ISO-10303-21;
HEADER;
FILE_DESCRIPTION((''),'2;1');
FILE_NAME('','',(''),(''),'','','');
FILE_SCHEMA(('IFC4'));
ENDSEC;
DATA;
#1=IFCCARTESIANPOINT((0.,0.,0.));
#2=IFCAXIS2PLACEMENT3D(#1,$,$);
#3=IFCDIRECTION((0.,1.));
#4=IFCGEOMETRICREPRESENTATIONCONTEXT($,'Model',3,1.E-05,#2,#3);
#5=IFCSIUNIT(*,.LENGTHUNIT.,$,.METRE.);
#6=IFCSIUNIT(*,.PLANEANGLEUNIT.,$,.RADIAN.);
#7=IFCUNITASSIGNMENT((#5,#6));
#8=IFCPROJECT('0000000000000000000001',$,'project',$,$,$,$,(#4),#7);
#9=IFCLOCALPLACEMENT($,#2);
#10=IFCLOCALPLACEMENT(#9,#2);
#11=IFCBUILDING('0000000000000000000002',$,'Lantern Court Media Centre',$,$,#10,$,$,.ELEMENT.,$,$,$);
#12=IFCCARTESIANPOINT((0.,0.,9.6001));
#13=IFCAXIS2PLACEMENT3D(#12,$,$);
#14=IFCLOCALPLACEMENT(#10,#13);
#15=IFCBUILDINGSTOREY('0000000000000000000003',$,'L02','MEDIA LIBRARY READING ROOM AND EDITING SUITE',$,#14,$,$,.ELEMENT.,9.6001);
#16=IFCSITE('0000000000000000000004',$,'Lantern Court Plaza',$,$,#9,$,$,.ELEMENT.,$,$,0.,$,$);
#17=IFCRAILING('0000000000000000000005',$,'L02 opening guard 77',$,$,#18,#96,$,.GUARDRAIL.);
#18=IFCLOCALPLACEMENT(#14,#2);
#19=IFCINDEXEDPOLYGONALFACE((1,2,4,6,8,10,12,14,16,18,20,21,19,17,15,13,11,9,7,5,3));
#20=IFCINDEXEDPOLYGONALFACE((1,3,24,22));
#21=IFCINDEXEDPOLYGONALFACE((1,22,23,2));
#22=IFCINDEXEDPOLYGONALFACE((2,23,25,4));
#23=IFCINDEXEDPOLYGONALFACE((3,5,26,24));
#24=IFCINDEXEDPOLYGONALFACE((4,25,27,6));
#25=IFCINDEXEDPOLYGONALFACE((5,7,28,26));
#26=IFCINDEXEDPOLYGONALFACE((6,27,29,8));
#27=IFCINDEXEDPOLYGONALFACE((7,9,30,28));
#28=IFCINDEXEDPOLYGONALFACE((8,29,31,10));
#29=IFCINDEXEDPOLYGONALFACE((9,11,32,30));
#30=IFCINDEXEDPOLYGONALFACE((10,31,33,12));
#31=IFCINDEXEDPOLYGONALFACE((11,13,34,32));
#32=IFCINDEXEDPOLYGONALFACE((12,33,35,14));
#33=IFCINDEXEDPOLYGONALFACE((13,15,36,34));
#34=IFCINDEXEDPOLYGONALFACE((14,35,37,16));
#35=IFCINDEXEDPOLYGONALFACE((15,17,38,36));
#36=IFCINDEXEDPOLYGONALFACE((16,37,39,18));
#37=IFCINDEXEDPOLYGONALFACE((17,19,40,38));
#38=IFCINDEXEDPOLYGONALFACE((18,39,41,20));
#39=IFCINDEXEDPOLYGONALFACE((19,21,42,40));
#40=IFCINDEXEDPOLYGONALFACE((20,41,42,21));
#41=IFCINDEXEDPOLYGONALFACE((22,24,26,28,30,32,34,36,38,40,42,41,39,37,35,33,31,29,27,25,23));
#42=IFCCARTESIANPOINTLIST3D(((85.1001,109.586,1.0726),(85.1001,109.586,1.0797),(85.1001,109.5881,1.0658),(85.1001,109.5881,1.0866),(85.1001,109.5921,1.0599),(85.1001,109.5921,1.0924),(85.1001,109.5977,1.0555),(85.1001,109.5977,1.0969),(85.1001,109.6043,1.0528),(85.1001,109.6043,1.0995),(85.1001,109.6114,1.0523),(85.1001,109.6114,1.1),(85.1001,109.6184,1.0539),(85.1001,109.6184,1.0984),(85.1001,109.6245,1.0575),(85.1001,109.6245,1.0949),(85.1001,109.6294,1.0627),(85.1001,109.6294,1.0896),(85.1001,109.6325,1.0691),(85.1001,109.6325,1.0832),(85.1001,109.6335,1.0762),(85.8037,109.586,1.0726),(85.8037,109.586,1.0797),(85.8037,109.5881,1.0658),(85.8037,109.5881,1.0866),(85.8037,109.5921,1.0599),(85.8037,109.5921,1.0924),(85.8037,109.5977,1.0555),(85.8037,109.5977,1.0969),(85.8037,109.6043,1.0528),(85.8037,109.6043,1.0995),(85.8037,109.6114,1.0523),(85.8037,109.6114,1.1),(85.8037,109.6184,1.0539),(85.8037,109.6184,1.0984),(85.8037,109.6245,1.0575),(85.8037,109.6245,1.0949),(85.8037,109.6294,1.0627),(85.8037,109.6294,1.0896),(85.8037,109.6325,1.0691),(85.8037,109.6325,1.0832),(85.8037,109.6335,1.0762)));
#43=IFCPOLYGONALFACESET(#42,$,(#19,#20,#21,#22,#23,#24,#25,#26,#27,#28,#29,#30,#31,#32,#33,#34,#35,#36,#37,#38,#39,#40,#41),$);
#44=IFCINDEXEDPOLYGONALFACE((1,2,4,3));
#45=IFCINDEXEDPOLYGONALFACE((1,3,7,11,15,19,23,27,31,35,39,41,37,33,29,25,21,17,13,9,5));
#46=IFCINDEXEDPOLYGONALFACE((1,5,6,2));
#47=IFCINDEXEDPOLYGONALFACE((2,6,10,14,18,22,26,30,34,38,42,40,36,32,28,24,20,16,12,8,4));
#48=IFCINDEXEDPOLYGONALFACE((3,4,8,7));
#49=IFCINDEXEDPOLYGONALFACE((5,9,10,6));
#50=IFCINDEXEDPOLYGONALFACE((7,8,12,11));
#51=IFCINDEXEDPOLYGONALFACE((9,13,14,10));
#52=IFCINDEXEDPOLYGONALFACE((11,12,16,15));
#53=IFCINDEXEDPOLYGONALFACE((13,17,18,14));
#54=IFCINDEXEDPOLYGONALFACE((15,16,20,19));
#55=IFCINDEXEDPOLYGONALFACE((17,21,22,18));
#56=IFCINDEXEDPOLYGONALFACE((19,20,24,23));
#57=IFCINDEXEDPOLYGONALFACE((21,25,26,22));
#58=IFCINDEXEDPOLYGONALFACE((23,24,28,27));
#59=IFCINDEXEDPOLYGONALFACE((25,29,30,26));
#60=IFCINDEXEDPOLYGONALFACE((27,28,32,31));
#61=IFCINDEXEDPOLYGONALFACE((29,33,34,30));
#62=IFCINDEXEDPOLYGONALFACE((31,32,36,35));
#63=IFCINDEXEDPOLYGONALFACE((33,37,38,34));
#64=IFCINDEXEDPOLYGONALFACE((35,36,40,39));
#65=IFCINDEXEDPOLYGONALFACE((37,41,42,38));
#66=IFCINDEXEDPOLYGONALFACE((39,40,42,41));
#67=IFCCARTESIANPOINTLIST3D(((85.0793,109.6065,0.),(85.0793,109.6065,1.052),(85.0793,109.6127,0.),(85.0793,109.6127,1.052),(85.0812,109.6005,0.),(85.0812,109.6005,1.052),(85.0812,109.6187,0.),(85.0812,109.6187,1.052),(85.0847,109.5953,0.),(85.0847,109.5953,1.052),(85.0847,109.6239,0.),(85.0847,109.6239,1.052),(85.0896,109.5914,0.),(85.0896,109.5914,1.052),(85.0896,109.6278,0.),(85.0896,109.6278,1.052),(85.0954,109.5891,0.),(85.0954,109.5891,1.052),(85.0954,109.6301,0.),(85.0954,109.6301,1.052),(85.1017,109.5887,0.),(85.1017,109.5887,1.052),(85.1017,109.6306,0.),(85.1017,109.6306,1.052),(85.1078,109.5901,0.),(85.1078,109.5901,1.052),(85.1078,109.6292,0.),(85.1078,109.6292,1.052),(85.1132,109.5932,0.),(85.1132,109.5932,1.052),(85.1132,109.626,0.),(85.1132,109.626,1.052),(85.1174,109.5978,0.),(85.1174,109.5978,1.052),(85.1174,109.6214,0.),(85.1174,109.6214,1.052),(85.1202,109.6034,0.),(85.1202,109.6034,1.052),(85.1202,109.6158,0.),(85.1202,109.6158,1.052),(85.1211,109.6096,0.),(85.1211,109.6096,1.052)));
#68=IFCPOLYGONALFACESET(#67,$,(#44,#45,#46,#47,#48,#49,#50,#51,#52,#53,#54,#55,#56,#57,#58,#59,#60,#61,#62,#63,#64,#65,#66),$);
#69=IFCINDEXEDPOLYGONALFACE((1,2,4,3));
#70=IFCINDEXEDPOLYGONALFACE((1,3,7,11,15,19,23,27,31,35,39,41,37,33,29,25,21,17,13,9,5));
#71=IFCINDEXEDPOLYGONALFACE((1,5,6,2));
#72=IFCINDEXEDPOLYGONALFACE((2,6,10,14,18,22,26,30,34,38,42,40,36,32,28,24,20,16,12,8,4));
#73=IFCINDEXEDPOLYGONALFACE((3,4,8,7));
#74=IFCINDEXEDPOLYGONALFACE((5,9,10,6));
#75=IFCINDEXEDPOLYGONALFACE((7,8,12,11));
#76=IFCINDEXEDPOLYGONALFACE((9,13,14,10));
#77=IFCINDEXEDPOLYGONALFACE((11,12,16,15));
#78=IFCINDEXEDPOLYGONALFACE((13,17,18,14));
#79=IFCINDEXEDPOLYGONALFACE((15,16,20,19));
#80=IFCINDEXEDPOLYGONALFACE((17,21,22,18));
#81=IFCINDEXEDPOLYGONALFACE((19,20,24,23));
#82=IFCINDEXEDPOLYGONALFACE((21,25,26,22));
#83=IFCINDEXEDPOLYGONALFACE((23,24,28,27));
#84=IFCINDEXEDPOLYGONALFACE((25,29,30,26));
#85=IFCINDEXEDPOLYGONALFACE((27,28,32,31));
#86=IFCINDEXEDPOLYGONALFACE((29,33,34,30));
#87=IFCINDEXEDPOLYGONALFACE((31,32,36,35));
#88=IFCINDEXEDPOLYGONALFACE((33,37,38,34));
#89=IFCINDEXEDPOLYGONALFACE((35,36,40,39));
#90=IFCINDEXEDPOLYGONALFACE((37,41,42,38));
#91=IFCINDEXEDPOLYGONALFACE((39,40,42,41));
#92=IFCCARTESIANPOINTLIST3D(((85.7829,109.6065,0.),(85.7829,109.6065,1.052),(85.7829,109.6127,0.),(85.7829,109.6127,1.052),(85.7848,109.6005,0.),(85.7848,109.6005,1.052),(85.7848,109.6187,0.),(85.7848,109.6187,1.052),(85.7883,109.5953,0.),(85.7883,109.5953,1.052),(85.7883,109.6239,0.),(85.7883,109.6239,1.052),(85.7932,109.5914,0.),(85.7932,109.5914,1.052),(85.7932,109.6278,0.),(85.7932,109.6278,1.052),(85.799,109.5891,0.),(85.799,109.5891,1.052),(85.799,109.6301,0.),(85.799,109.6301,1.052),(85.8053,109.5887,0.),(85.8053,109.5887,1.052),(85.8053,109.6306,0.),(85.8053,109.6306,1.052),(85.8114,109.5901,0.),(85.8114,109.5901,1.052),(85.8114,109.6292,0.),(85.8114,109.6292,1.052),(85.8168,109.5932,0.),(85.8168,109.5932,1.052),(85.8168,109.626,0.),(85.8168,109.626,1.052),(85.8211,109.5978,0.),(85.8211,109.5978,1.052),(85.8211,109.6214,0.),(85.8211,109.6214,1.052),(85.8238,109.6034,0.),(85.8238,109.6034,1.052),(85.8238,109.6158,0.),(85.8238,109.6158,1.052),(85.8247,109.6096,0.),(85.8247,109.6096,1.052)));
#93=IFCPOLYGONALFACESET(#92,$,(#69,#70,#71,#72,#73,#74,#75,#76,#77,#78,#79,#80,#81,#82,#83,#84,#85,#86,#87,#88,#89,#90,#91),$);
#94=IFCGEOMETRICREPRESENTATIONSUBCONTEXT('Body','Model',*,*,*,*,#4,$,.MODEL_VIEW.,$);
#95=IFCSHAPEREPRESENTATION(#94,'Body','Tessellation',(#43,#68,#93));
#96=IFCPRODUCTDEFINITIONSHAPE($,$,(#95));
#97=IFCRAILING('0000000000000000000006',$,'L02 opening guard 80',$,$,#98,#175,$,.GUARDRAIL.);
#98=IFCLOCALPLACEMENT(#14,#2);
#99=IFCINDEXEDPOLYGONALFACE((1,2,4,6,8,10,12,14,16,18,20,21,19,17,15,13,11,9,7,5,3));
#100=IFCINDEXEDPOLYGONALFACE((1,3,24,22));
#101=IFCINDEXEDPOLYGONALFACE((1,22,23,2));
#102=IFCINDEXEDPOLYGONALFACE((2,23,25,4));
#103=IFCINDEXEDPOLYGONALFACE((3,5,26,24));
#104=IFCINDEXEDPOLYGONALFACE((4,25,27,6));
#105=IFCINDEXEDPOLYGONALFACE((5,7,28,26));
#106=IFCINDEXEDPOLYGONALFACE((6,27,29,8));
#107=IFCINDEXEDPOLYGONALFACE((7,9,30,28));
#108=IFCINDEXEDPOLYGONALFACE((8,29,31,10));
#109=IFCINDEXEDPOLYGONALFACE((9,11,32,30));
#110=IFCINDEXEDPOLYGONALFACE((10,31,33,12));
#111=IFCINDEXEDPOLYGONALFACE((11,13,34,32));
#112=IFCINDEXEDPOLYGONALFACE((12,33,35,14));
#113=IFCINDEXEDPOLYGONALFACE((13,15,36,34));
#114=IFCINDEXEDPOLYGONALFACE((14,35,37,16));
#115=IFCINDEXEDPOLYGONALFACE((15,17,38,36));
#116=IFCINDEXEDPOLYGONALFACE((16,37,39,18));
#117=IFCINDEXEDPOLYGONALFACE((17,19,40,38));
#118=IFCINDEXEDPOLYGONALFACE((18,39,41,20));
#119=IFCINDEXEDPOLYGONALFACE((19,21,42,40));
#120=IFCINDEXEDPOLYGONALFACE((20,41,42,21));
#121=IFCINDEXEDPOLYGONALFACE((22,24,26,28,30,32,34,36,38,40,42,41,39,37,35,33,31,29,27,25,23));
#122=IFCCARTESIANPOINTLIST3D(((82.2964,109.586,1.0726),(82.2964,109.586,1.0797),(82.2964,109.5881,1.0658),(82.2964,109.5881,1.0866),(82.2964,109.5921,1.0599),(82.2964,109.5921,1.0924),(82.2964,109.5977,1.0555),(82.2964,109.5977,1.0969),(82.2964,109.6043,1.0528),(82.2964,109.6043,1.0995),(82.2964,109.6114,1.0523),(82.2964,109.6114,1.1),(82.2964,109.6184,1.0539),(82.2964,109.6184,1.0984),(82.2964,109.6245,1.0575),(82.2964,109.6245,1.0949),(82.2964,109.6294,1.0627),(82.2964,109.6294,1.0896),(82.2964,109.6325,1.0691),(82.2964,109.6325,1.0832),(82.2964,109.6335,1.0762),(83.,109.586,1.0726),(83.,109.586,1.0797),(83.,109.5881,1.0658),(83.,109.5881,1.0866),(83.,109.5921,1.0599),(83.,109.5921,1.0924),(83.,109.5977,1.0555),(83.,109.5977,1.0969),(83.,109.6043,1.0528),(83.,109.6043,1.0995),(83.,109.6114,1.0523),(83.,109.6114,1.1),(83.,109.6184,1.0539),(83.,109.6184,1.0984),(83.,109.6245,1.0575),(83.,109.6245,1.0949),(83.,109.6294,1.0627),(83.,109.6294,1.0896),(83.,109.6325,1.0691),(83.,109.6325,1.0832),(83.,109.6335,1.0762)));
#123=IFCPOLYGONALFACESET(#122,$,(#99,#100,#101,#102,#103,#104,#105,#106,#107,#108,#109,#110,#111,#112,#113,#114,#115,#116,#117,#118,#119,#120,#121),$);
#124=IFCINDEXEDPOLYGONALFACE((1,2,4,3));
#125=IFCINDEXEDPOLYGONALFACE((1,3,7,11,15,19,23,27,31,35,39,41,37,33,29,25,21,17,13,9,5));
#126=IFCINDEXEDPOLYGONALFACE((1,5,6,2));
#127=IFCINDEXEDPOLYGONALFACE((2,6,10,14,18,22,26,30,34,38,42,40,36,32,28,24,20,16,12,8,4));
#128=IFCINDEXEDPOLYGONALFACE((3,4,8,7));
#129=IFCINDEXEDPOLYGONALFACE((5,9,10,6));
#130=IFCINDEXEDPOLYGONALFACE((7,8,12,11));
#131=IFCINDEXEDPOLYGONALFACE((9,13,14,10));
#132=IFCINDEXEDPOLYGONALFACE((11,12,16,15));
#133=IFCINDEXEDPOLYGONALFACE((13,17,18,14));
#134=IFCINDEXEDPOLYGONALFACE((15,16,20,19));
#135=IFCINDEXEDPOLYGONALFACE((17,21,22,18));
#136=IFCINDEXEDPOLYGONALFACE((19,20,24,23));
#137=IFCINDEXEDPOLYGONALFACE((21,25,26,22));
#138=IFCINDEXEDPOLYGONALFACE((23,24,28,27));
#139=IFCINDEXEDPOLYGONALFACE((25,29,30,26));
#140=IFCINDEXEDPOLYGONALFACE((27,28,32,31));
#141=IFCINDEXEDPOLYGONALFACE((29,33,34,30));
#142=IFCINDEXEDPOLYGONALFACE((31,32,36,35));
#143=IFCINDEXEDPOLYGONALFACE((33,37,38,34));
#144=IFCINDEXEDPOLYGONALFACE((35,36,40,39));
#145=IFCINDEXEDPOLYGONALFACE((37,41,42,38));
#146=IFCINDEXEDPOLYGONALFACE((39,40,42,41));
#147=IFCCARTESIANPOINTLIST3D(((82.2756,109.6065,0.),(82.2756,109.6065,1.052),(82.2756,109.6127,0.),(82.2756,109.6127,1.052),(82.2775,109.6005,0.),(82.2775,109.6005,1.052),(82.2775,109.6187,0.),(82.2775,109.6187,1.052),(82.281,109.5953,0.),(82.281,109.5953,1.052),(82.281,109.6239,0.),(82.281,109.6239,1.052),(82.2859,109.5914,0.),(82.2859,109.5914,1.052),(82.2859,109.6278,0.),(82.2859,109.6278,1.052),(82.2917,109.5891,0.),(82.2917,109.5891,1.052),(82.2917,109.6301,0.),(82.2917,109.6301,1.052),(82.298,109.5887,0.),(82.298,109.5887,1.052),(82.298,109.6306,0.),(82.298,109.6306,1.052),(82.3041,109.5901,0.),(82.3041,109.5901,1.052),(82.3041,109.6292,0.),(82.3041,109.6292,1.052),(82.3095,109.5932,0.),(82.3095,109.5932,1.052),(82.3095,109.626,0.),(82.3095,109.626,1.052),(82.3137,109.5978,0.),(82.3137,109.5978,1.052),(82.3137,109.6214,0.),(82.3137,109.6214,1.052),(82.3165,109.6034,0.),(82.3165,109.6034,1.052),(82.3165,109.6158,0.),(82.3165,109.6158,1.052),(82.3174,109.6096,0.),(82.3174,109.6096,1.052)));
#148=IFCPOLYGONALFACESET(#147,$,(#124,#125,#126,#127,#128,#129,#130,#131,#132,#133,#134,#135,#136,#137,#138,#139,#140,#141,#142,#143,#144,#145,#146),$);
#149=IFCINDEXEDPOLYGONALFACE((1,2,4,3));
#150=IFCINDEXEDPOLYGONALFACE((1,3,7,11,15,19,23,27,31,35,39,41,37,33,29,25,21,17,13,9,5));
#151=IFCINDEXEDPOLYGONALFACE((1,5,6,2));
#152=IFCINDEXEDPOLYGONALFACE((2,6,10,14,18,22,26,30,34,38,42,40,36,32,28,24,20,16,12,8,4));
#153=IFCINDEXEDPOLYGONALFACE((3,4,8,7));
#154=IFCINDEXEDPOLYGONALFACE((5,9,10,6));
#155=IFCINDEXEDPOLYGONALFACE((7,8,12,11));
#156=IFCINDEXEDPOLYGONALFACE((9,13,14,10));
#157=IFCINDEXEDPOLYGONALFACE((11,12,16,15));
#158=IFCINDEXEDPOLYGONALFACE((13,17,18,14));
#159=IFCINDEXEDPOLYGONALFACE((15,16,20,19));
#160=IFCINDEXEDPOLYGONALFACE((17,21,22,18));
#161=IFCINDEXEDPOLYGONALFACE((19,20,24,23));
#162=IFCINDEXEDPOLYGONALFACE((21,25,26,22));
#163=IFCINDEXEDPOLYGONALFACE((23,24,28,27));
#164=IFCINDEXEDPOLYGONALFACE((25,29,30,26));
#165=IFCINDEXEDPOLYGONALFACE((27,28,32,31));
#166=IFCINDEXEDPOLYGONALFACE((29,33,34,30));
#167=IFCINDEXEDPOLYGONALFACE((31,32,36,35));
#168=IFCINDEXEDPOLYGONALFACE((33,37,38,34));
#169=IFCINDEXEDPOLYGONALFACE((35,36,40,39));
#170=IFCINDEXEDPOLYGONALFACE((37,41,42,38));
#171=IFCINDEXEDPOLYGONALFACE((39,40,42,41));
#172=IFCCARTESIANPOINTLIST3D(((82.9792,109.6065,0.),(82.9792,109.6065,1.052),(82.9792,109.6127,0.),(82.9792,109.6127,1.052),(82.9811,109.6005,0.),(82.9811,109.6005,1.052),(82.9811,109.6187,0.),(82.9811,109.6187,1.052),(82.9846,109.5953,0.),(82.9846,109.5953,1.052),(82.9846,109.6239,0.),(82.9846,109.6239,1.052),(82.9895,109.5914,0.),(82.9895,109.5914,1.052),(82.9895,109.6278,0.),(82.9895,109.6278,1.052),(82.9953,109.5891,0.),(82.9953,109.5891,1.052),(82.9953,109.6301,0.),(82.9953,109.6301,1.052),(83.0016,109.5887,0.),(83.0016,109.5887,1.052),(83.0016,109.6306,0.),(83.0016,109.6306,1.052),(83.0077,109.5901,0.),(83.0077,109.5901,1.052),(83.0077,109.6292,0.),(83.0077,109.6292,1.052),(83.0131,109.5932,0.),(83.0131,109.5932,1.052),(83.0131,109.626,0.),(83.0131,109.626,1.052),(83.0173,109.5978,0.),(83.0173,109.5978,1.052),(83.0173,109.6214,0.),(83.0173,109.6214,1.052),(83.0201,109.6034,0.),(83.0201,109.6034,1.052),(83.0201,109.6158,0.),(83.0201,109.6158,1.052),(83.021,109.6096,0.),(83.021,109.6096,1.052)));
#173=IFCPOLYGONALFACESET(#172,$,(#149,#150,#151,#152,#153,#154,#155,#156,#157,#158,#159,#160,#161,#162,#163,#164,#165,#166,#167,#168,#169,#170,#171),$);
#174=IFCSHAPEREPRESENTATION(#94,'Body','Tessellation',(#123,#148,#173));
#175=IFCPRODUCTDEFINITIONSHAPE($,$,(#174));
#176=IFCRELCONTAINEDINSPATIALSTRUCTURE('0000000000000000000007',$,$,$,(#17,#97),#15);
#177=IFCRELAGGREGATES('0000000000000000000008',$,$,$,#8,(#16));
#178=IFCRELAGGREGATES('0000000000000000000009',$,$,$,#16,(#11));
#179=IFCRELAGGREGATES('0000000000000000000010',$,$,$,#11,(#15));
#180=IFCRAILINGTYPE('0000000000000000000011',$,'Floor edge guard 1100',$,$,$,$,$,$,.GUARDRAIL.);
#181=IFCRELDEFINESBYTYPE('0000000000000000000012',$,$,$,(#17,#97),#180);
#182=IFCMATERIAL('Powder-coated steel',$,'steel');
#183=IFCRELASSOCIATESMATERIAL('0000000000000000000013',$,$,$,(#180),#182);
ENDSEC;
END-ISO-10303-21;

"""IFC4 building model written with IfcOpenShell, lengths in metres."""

from ifc_helpers import new_model, si_unit, direction, frame, origin, origin_2d, place, context, subcontext, project, spatial, circle, extrude, material, type_object, element, save


model = new_model("IFC4")

# Units and contexts
model_context = context("Model", 3, precision=1e-05, world=origin(), true_north=direction((0.0, 1.0)))
body_context = subcontext(model_context, "Body", "Model", "MODEL_VIEW")
ifc_project = project(units=[si_unit("LENGTHUNIT", "METRE"), si_unit("PLANEANGLEUNIT", "RADIAN")], contexts=[model_context])

# Site, building, storey
site_placement = place(None, origin())
site = spatial("IfcSite", under=ifc_project, at=site_placement, Name="Lantern Court Plaza", CompositionType="ELEMENT", RefElevation=0.0)
building_placement = place(site_placement, origin())
building = spatial("IfcBuilding", under=site, at=building_placement, Name="Lantern Court Media Centre", CompositionType="ELEMENT")
storey_placement = place(building_placement, frame((0.0, 0.0, 9.6001)))
storey = spatial("IfcBuildingStorey", under=building, at=storey_placement, Name="L02", Description="MEDIA LIBRARY READING ROOM AND EDITING SUITE", CompositionType="ELEMENT", Elevation=9.6001)

# Railings
ifc_material_1 = material(Name="Powder-coated steel", Category="steel")
railing_type_1 = type_object("IfcRailingType", Name="Floor edge guard 1100", PredefinedType="GUARDRAIL", material=ifc_material_1)
for number, where, name in (
    (1, (85.1001, 109.6096, 0.0), "L02 opening guard 77"),
    (2, (82.2964, 109.6096, 0.0), "L02 opening guard 80"),
):
    element("IfcRailing", number, at=place(storey_placement, frame(where)), inside=storey, type_object=railing_type_1, Name=name, PredefinedType="GUARDRAIL", context=body_context, shape_type="SweptSolid", body=[
        extrude(circle(Radius=0.0239, at=origin_2d()), frame((0.0, 0.0, 1.0762), z_axis=(1.0, 0.0, 0.0), x_axis=(0.0, 1.0, 0.0)), (0.0, 0.0, 1.0), 0.7036),
        extrude(circle(Radius=0.021, at=origin_2d()), origin(), (0.0, 0.0, 1.0), 1.052),
        extrude(circle(Radius=0.021, at=origin_2d()), frame((0.7036, 0.0, 0.0)), (0.0, 0.0, 1.0), 1.052),
    ])

save(model, "model.ifc")
